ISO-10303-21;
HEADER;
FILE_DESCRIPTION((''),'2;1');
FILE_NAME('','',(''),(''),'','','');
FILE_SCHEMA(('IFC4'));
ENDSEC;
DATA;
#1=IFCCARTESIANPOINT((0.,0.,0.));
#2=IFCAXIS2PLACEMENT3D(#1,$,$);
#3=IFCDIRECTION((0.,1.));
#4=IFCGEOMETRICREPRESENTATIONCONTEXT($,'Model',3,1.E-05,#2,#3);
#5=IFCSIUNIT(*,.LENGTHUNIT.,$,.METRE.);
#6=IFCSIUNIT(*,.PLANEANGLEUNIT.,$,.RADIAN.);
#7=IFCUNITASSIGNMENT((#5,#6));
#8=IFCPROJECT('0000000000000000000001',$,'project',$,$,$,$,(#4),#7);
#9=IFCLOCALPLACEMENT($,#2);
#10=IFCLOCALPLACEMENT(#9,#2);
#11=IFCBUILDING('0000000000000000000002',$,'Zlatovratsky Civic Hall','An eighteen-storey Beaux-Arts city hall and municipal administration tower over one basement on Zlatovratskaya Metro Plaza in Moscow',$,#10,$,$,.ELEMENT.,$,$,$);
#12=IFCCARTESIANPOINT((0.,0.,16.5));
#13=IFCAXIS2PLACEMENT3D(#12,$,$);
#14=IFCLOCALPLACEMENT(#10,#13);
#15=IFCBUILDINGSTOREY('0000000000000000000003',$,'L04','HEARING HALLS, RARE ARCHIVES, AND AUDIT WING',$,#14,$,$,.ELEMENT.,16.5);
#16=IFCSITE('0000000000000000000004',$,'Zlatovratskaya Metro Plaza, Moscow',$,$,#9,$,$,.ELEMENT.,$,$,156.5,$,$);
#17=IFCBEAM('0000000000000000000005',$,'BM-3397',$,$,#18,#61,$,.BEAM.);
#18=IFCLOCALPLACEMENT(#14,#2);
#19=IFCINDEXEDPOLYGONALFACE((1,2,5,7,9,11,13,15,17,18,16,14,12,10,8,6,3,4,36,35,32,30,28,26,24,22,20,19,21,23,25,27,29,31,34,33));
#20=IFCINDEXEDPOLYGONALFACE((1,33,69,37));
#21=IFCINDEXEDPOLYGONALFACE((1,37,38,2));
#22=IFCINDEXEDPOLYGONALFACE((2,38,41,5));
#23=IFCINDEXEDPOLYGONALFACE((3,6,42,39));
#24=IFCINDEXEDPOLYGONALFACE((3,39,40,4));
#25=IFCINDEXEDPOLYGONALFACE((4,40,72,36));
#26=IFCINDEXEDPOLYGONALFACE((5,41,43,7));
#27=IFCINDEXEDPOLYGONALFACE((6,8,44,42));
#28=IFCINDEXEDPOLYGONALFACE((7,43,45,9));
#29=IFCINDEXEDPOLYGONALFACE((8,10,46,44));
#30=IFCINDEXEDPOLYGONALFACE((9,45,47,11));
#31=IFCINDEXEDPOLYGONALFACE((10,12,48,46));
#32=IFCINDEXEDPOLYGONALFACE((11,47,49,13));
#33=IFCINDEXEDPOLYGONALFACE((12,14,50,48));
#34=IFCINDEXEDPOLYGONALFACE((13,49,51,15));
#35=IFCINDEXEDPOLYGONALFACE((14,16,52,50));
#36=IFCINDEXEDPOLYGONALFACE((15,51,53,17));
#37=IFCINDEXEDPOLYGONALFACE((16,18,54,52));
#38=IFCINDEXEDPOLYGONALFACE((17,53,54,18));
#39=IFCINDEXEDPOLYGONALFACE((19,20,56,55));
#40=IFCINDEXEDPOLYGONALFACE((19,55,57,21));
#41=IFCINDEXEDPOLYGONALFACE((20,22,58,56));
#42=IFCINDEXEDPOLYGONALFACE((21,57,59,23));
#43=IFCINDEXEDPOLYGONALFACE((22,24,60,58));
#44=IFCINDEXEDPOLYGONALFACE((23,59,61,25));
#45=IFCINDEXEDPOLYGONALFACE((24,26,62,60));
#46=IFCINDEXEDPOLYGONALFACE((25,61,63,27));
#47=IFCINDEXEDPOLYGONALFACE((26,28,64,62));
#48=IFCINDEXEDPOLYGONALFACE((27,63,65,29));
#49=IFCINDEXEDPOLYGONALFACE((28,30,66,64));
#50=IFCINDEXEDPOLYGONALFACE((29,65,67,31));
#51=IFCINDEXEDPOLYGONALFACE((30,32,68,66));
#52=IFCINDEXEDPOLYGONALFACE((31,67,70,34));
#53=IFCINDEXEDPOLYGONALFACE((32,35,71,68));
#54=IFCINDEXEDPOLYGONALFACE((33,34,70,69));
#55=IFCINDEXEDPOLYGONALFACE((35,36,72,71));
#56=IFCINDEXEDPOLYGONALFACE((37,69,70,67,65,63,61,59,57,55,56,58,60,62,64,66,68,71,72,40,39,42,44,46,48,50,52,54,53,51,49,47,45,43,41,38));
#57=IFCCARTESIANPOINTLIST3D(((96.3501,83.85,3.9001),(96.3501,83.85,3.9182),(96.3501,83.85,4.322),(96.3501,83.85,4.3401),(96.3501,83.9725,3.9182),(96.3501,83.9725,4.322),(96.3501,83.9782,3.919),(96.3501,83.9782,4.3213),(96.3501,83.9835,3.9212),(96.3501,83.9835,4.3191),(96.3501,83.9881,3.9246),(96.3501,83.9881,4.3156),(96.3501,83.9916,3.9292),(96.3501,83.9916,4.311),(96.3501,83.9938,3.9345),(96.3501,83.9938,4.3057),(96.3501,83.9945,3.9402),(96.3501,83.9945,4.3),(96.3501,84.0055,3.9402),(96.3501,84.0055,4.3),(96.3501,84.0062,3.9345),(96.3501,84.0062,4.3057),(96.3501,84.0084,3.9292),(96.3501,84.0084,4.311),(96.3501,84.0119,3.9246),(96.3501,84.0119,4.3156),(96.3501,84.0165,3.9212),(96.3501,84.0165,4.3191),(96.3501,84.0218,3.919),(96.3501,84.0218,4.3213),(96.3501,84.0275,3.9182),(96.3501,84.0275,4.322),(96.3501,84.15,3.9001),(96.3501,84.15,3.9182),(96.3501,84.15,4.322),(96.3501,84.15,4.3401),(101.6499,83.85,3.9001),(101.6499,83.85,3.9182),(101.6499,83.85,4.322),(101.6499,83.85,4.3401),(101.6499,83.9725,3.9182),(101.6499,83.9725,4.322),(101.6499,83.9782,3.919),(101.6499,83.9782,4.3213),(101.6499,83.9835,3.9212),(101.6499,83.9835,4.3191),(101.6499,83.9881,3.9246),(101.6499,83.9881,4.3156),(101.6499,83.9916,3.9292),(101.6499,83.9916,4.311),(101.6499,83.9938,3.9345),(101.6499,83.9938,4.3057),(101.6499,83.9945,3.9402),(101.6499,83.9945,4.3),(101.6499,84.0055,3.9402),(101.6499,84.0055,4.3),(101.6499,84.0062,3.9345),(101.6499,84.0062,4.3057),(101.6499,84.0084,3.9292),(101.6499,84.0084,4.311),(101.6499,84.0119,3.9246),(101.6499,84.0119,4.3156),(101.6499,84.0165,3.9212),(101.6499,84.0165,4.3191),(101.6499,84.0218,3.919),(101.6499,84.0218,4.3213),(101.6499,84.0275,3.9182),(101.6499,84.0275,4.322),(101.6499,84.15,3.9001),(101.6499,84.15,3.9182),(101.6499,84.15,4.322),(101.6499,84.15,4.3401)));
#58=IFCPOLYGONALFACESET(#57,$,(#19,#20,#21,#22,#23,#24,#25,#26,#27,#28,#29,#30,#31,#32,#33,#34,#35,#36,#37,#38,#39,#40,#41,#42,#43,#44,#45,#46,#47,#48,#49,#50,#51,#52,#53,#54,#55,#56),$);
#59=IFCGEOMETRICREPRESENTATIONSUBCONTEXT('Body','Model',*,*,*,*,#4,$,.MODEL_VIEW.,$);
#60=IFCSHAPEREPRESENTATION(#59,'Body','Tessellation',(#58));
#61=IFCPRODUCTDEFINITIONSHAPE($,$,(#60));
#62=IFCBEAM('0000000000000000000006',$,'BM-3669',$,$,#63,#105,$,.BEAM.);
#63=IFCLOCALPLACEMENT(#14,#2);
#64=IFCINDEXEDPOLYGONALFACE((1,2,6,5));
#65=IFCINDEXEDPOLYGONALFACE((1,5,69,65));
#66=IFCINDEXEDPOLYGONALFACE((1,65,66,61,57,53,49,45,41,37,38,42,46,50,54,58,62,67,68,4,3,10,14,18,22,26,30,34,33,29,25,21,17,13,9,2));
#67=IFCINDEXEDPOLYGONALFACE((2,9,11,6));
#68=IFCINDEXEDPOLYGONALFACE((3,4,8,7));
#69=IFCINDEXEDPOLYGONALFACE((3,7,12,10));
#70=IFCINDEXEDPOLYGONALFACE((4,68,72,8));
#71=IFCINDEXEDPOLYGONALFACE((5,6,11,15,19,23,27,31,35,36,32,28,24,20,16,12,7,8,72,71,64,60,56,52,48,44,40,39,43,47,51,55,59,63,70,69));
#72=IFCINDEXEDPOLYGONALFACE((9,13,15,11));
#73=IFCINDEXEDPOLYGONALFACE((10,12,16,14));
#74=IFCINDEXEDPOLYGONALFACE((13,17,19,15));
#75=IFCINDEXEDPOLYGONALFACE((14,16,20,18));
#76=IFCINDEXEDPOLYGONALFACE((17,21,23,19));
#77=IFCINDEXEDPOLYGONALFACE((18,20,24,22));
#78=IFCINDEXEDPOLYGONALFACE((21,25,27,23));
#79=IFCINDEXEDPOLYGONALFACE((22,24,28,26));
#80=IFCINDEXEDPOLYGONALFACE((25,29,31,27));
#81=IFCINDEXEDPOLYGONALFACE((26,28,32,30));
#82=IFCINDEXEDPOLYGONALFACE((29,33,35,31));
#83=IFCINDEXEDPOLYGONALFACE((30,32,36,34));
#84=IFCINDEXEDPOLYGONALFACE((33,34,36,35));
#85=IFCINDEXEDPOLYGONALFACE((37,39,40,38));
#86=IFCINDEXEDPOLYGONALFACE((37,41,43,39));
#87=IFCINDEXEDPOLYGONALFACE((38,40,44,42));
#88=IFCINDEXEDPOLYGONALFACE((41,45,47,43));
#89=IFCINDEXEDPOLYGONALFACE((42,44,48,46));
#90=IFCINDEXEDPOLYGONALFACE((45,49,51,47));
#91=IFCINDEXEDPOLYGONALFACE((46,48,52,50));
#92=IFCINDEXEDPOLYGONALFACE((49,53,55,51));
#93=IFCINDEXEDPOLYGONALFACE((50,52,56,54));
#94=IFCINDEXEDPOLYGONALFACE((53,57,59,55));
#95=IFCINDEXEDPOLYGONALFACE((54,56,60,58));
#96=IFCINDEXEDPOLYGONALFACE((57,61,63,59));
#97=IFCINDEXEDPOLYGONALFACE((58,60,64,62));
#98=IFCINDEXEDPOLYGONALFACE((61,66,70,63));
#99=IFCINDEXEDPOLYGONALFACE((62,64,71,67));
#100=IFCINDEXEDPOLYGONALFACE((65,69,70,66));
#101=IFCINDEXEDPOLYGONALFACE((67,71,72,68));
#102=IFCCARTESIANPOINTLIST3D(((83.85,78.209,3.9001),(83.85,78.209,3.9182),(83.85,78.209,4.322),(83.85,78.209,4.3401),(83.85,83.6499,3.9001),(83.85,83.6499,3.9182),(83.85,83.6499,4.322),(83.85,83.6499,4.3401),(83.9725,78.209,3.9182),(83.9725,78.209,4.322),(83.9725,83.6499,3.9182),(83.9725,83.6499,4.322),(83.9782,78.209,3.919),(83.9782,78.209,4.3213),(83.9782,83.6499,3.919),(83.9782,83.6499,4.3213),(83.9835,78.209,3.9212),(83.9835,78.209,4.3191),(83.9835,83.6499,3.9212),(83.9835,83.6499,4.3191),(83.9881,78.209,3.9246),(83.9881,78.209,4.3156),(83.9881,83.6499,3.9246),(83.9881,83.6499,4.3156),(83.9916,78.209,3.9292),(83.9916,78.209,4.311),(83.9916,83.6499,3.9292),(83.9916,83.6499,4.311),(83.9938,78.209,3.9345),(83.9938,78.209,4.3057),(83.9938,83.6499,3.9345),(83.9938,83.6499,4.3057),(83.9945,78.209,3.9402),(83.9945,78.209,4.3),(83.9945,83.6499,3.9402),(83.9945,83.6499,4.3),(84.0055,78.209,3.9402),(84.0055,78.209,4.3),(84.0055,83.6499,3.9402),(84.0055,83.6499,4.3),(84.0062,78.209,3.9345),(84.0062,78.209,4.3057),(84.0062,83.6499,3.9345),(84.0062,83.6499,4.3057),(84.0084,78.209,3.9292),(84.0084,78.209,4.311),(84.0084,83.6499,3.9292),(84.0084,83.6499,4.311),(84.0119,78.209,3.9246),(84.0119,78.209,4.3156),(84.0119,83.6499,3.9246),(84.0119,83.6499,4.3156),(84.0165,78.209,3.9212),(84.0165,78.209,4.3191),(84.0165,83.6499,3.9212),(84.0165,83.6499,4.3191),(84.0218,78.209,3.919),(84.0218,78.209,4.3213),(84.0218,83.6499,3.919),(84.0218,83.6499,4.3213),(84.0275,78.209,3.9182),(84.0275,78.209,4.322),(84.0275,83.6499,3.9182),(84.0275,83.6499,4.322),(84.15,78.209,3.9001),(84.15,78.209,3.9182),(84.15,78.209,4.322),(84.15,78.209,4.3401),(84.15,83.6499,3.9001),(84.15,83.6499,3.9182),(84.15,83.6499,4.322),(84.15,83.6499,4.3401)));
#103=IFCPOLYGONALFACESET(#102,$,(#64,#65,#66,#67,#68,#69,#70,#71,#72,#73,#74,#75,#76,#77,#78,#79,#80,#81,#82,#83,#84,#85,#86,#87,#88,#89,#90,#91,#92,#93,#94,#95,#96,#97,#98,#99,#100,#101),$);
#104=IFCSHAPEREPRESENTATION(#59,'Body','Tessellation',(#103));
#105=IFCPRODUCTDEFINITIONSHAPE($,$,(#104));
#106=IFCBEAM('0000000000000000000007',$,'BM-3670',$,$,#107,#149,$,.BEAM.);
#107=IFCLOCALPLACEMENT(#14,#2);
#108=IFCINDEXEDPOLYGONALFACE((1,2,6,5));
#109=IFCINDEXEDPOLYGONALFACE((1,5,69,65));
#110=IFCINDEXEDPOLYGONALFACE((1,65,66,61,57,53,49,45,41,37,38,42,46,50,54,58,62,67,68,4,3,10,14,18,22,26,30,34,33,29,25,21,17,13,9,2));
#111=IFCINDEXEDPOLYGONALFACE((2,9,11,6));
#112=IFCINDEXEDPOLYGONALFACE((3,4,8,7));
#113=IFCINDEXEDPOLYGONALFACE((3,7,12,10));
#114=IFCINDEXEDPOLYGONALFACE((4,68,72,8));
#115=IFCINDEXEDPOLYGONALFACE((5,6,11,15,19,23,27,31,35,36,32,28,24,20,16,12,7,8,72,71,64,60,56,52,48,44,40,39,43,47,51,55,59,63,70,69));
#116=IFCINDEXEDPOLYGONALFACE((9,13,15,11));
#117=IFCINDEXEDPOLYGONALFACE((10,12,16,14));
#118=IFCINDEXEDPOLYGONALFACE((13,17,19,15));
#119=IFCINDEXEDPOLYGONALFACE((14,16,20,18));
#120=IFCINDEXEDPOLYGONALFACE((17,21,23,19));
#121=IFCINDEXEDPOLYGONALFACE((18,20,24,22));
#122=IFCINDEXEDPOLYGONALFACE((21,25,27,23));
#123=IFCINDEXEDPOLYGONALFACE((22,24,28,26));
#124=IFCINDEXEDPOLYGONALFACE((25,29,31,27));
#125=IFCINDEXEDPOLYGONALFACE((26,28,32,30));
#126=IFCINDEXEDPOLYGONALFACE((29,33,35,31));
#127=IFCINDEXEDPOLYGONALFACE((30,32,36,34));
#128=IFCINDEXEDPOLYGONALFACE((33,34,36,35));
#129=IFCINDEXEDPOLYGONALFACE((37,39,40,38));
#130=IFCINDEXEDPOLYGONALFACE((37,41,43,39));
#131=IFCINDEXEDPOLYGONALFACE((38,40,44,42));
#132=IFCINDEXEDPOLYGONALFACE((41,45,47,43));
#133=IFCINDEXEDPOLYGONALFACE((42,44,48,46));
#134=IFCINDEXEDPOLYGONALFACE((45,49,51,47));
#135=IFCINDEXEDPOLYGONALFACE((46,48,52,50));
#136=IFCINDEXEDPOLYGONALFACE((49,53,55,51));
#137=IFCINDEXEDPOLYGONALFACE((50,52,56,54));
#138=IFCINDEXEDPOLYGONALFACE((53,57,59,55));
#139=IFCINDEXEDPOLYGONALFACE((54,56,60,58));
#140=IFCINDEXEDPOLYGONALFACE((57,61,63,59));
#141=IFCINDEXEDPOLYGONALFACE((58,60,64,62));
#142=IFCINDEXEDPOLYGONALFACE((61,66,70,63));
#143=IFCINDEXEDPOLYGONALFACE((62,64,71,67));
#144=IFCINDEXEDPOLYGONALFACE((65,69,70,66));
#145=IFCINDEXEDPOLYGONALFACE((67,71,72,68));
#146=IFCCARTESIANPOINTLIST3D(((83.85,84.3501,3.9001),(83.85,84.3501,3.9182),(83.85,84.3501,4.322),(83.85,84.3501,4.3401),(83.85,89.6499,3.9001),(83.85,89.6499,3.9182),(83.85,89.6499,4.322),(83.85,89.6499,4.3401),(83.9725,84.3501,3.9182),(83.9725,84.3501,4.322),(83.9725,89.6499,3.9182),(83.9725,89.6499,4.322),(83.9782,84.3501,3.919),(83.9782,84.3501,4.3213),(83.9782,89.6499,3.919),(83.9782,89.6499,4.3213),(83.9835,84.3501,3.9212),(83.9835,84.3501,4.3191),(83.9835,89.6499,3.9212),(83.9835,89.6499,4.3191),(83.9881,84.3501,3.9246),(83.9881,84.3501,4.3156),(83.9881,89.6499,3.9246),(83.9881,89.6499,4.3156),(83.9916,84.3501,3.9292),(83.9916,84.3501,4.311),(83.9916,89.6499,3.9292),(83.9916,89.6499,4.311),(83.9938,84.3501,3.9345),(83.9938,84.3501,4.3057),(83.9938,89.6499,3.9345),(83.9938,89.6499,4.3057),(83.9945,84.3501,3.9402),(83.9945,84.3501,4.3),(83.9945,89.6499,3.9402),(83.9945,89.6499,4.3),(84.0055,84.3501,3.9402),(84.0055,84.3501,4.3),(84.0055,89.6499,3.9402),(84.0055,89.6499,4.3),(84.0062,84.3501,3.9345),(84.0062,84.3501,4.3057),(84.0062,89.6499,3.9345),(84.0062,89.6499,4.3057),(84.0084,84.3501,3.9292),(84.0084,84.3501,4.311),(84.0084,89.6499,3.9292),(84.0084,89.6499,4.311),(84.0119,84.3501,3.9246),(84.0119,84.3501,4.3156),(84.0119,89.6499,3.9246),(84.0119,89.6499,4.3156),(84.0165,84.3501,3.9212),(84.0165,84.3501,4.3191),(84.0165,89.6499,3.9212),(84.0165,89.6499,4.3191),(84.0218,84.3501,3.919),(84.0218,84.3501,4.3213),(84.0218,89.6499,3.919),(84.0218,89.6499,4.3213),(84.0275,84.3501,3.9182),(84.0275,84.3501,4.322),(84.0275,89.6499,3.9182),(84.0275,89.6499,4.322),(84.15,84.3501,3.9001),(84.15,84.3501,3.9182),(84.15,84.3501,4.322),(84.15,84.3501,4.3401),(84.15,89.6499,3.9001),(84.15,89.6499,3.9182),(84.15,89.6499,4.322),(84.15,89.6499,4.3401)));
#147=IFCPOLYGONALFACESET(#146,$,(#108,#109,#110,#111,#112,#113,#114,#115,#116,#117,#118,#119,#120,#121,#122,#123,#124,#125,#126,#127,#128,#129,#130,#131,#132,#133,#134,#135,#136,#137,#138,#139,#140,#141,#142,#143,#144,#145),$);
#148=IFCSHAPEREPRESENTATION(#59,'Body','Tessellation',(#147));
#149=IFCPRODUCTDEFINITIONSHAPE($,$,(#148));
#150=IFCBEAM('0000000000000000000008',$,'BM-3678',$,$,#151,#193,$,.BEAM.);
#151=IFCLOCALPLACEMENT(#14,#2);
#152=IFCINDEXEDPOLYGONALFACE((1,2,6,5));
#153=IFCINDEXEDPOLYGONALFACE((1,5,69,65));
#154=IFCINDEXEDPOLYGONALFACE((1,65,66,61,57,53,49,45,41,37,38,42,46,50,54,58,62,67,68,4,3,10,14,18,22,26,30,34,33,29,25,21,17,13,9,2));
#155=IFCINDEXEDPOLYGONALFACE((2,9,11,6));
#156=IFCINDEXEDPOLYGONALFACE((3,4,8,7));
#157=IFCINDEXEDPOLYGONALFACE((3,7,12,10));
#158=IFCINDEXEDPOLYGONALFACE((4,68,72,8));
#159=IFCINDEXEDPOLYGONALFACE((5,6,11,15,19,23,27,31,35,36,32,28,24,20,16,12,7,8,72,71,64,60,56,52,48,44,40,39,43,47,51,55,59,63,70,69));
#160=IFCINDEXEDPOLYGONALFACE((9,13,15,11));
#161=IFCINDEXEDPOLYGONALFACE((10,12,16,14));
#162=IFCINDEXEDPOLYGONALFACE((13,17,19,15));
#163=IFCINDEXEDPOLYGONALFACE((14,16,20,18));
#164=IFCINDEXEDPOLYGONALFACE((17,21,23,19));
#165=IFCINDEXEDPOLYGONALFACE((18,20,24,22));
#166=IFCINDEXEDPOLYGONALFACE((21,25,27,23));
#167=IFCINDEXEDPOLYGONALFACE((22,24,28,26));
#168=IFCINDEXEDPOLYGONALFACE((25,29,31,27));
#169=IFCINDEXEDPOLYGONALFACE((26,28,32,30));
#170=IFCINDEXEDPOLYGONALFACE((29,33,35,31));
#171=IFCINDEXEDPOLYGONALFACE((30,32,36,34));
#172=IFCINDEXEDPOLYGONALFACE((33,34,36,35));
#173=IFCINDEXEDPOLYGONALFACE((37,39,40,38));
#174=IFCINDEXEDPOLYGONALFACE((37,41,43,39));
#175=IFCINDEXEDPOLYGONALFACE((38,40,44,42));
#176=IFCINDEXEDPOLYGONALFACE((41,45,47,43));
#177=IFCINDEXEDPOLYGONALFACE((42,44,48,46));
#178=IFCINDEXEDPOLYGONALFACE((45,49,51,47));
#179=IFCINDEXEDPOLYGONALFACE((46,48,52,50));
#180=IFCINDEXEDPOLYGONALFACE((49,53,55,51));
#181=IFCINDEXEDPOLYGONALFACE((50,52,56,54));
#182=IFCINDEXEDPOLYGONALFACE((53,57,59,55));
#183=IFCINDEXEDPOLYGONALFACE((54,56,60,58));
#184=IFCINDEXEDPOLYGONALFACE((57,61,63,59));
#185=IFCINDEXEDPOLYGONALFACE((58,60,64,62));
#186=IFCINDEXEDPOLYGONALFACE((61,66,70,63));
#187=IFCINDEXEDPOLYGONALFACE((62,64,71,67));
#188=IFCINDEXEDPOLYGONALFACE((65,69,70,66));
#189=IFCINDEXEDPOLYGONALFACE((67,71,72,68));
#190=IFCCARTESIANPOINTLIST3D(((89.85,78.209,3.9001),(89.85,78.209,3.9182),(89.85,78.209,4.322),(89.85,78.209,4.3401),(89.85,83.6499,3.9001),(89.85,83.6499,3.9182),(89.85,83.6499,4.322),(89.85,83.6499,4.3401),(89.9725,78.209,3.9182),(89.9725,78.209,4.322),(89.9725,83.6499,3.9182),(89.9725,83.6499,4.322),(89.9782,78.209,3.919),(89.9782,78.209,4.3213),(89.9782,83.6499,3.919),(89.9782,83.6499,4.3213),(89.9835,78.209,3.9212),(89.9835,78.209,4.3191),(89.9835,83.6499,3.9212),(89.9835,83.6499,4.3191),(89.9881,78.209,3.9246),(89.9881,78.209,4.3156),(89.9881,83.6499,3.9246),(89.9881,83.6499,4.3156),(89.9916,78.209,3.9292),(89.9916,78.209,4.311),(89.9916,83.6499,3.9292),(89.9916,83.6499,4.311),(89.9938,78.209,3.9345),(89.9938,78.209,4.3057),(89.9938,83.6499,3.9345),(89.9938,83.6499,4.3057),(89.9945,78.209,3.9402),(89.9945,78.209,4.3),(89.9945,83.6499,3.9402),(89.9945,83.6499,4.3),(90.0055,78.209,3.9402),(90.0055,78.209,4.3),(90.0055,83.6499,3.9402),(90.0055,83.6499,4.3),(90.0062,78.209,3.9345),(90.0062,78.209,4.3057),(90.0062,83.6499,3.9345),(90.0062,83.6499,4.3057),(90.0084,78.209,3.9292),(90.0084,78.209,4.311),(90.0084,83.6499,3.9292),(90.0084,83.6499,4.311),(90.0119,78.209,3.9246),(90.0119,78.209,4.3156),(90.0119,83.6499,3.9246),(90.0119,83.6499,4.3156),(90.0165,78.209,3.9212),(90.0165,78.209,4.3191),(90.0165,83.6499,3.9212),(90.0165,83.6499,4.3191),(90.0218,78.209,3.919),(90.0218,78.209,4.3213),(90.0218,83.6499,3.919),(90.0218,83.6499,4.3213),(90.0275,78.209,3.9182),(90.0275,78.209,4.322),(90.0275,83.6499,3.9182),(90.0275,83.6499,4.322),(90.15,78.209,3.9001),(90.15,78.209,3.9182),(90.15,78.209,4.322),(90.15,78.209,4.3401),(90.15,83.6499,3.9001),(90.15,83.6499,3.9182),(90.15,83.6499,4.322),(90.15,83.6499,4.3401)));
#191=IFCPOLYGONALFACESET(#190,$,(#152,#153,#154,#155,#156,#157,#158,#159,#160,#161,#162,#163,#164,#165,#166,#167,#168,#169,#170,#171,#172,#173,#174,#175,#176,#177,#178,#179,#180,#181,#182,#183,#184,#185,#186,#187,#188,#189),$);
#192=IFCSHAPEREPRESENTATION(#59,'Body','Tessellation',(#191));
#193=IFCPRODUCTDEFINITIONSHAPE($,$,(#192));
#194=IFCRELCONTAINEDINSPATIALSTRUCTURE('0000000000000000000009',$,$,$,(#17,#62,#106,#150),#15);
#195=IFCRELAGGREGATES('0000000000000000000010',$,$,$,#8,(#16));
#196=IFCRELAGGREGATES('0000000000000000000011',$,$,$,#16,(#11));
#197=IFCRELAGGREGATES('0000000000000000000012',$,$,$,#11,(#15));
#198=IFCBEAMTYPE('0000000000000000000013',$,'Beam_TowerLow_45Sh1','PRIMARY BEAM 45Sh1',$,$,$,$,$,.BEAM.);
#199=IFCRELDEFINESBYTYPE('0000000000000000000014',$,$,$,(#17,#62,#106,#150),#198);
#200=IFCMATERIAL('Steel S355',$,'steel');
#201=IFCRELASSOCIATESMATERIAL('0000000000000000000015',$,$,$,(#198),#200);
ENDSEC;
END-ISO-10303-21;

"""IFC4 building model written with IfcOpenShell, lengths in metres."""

from ifc_helpers import new_model, si_unit, direction, frame, origin, origin_2d, place, context, subcontext, project, spatial, i_section, extrude, material, material_profile, profile_set, type_object, element, save


model = new_model("IFC4")

# Units and contexts
model_context = context("Model", 3, precision=1e-05, world=origin(), true_north=direction((0.0, 1.0)))
body_context = subcontext(model_context, "Body", "Model", "MODEL_VIEW")
ifc_project = project(units=[si_unit("LENGTHUNIT", "METRE"), si_unit("PLANEANGLEUNIT", "RADIAN")], contexts=[model_context])

# Site, building, storey
site_placement = place(None, origin())
site = spatial("IfcSite", under=ifc_project, at=site_placement, Name="Zlatovratskaya Metro Plaza, Moscow", CompositionType="ELEMENT", RefElevation=156.5)
building_placement = place(site_placement, origin())
building = spatial("IfcBuilding", under=site, at=building_placement, Name="Zlatovratsky Civic Hall", Description="An eighteen-storey Beaux-Arts city hall and municipal administration tower over one basement on Zlatovratskaya Metro Plaza in Moscow", CompositionType="ELEMENT")
storey_placement = place(building_placement, frame((0.0, 0.0, 16.5)))
storey = spatial("IfcBuildingStorey", under=building, at=storey_placement, Name="L04", Description="HEARING HALLS, RARE ARCHIVES, AND AUDIT WING", CompositionType="ELEMENT", Elevation=16.5)

# Shared definitions
ifc_material_1 = material(Name="Steel S355", Category="steel")

# Beams
ifc_material_profile_1 = material_profile(ifc_material_1, i_section(OverallWidth=0.3, OverallDepth=0.4399, WebThickness=0.011, FlangeThickness=0.0181, FilletRadius=0.022, at=origin_2d()), Name="45Sh1")
ifc_profile_set_1 = profile_set([ifc_material_profile_1], Name="Steel S355")
beam_type = type_object("IfcBeamType", Name="Beam_TowerLow_45Sh1", Description="PRIMARY BEAM 45Sh1", PredefinedType="BEAM", material=ifc_profile_set_1)
for number, where, z_axis, x_axis, name in (
    (1, (96.3501, 84.0, 4.1201), (1.0, 0.0, 0.0), (0.0, 1.0, 0.0), "BM-3397"),
):
    element("IfcBeam", number, at=place(storey_placement, frame(where, z_axis=z_axis, x_axis=x_axis)), inside=storey, type_object=beam_type, Name=name, PredefinedType="BEAM", context=body_context, shape_type="SweptSolid", body=[
        extrude(i_section(OverallWidth=0.3, OverallDepth=0.4399, WebThickness=0.011, FlangeThickness=0.0181, FilletRadius=0.022, at=origin_2d()), origin(), (0.0, 0.0, 1.0), 5.2998),
    ])
beam_1_placement = place(storey_placement, frame((84.0, 78.209, 4.1201), z_axis=(0.0, 1.0, 0.0), x_axis=(-1.0, 0.0, 0.0)))
element("IfcBeam", 2, at=beam_1_placement, inside=storey, type_object=beam_type, Name="BM-3669", PredefinedType="BEAM", context=body_context, shape_type="SweptSolid", body=[
    extrude(i_section(OverallWidth=0.3, OverallDepth=0.4399, WebThickness=0.011, FlangeThickness=0.0181, FilletRadius=0.022, at=origin_2d()), origin(), (0.0, 0.0, 1.0), 5.4409),
])
beam_2_placement = place(storey_placement, frame((84.0, 84.3501, 4.1201), z_axis=(0.0, 1.0, 0.0), x_axis=(-1.0, 0.0, 0.0)))
element("IfcBeam", 3, at=beam_2_placement, inside=storey, type_object=beam_type, Name="BM-3670", PredefinedType="BEAM", context=body_context, shape_type="SweptSolid", body=[
    extrude(i_section(OverallWidth=0.3, OverallDepth=0.4399, WebThickness=0.011, FlangeThickness=0.0181, FilletRadius=0.022, at=origin_2d()), origin(), (0.0, 0.0, 1.0), 5.2998),
])
beam_3_placement = place(storey_placement, frame((90.0, 78.209, 4.1201), z_axis=(0.0, 1.0, 0.0), x_axis=(-1.0, 0.0, 0.0)))
element("IfcBeam", 4, at=beam_3_placement, inside=storey, type_object=beam_type, Name="BM-3678", PredefinedType="BEAM", context=body_context, shape_type="SweptSolid", body=[
    extrude(i_section(OverallWidth=0.3, OverallDepth=0.4399, WebThickness=0.011, FlangeThickness=0.0181, FilletRadius=0.022, at=origin_2d()), origin(), (0.0, 0.0, 1.0), 5.4409),
])

save(model, "model.ifc")
